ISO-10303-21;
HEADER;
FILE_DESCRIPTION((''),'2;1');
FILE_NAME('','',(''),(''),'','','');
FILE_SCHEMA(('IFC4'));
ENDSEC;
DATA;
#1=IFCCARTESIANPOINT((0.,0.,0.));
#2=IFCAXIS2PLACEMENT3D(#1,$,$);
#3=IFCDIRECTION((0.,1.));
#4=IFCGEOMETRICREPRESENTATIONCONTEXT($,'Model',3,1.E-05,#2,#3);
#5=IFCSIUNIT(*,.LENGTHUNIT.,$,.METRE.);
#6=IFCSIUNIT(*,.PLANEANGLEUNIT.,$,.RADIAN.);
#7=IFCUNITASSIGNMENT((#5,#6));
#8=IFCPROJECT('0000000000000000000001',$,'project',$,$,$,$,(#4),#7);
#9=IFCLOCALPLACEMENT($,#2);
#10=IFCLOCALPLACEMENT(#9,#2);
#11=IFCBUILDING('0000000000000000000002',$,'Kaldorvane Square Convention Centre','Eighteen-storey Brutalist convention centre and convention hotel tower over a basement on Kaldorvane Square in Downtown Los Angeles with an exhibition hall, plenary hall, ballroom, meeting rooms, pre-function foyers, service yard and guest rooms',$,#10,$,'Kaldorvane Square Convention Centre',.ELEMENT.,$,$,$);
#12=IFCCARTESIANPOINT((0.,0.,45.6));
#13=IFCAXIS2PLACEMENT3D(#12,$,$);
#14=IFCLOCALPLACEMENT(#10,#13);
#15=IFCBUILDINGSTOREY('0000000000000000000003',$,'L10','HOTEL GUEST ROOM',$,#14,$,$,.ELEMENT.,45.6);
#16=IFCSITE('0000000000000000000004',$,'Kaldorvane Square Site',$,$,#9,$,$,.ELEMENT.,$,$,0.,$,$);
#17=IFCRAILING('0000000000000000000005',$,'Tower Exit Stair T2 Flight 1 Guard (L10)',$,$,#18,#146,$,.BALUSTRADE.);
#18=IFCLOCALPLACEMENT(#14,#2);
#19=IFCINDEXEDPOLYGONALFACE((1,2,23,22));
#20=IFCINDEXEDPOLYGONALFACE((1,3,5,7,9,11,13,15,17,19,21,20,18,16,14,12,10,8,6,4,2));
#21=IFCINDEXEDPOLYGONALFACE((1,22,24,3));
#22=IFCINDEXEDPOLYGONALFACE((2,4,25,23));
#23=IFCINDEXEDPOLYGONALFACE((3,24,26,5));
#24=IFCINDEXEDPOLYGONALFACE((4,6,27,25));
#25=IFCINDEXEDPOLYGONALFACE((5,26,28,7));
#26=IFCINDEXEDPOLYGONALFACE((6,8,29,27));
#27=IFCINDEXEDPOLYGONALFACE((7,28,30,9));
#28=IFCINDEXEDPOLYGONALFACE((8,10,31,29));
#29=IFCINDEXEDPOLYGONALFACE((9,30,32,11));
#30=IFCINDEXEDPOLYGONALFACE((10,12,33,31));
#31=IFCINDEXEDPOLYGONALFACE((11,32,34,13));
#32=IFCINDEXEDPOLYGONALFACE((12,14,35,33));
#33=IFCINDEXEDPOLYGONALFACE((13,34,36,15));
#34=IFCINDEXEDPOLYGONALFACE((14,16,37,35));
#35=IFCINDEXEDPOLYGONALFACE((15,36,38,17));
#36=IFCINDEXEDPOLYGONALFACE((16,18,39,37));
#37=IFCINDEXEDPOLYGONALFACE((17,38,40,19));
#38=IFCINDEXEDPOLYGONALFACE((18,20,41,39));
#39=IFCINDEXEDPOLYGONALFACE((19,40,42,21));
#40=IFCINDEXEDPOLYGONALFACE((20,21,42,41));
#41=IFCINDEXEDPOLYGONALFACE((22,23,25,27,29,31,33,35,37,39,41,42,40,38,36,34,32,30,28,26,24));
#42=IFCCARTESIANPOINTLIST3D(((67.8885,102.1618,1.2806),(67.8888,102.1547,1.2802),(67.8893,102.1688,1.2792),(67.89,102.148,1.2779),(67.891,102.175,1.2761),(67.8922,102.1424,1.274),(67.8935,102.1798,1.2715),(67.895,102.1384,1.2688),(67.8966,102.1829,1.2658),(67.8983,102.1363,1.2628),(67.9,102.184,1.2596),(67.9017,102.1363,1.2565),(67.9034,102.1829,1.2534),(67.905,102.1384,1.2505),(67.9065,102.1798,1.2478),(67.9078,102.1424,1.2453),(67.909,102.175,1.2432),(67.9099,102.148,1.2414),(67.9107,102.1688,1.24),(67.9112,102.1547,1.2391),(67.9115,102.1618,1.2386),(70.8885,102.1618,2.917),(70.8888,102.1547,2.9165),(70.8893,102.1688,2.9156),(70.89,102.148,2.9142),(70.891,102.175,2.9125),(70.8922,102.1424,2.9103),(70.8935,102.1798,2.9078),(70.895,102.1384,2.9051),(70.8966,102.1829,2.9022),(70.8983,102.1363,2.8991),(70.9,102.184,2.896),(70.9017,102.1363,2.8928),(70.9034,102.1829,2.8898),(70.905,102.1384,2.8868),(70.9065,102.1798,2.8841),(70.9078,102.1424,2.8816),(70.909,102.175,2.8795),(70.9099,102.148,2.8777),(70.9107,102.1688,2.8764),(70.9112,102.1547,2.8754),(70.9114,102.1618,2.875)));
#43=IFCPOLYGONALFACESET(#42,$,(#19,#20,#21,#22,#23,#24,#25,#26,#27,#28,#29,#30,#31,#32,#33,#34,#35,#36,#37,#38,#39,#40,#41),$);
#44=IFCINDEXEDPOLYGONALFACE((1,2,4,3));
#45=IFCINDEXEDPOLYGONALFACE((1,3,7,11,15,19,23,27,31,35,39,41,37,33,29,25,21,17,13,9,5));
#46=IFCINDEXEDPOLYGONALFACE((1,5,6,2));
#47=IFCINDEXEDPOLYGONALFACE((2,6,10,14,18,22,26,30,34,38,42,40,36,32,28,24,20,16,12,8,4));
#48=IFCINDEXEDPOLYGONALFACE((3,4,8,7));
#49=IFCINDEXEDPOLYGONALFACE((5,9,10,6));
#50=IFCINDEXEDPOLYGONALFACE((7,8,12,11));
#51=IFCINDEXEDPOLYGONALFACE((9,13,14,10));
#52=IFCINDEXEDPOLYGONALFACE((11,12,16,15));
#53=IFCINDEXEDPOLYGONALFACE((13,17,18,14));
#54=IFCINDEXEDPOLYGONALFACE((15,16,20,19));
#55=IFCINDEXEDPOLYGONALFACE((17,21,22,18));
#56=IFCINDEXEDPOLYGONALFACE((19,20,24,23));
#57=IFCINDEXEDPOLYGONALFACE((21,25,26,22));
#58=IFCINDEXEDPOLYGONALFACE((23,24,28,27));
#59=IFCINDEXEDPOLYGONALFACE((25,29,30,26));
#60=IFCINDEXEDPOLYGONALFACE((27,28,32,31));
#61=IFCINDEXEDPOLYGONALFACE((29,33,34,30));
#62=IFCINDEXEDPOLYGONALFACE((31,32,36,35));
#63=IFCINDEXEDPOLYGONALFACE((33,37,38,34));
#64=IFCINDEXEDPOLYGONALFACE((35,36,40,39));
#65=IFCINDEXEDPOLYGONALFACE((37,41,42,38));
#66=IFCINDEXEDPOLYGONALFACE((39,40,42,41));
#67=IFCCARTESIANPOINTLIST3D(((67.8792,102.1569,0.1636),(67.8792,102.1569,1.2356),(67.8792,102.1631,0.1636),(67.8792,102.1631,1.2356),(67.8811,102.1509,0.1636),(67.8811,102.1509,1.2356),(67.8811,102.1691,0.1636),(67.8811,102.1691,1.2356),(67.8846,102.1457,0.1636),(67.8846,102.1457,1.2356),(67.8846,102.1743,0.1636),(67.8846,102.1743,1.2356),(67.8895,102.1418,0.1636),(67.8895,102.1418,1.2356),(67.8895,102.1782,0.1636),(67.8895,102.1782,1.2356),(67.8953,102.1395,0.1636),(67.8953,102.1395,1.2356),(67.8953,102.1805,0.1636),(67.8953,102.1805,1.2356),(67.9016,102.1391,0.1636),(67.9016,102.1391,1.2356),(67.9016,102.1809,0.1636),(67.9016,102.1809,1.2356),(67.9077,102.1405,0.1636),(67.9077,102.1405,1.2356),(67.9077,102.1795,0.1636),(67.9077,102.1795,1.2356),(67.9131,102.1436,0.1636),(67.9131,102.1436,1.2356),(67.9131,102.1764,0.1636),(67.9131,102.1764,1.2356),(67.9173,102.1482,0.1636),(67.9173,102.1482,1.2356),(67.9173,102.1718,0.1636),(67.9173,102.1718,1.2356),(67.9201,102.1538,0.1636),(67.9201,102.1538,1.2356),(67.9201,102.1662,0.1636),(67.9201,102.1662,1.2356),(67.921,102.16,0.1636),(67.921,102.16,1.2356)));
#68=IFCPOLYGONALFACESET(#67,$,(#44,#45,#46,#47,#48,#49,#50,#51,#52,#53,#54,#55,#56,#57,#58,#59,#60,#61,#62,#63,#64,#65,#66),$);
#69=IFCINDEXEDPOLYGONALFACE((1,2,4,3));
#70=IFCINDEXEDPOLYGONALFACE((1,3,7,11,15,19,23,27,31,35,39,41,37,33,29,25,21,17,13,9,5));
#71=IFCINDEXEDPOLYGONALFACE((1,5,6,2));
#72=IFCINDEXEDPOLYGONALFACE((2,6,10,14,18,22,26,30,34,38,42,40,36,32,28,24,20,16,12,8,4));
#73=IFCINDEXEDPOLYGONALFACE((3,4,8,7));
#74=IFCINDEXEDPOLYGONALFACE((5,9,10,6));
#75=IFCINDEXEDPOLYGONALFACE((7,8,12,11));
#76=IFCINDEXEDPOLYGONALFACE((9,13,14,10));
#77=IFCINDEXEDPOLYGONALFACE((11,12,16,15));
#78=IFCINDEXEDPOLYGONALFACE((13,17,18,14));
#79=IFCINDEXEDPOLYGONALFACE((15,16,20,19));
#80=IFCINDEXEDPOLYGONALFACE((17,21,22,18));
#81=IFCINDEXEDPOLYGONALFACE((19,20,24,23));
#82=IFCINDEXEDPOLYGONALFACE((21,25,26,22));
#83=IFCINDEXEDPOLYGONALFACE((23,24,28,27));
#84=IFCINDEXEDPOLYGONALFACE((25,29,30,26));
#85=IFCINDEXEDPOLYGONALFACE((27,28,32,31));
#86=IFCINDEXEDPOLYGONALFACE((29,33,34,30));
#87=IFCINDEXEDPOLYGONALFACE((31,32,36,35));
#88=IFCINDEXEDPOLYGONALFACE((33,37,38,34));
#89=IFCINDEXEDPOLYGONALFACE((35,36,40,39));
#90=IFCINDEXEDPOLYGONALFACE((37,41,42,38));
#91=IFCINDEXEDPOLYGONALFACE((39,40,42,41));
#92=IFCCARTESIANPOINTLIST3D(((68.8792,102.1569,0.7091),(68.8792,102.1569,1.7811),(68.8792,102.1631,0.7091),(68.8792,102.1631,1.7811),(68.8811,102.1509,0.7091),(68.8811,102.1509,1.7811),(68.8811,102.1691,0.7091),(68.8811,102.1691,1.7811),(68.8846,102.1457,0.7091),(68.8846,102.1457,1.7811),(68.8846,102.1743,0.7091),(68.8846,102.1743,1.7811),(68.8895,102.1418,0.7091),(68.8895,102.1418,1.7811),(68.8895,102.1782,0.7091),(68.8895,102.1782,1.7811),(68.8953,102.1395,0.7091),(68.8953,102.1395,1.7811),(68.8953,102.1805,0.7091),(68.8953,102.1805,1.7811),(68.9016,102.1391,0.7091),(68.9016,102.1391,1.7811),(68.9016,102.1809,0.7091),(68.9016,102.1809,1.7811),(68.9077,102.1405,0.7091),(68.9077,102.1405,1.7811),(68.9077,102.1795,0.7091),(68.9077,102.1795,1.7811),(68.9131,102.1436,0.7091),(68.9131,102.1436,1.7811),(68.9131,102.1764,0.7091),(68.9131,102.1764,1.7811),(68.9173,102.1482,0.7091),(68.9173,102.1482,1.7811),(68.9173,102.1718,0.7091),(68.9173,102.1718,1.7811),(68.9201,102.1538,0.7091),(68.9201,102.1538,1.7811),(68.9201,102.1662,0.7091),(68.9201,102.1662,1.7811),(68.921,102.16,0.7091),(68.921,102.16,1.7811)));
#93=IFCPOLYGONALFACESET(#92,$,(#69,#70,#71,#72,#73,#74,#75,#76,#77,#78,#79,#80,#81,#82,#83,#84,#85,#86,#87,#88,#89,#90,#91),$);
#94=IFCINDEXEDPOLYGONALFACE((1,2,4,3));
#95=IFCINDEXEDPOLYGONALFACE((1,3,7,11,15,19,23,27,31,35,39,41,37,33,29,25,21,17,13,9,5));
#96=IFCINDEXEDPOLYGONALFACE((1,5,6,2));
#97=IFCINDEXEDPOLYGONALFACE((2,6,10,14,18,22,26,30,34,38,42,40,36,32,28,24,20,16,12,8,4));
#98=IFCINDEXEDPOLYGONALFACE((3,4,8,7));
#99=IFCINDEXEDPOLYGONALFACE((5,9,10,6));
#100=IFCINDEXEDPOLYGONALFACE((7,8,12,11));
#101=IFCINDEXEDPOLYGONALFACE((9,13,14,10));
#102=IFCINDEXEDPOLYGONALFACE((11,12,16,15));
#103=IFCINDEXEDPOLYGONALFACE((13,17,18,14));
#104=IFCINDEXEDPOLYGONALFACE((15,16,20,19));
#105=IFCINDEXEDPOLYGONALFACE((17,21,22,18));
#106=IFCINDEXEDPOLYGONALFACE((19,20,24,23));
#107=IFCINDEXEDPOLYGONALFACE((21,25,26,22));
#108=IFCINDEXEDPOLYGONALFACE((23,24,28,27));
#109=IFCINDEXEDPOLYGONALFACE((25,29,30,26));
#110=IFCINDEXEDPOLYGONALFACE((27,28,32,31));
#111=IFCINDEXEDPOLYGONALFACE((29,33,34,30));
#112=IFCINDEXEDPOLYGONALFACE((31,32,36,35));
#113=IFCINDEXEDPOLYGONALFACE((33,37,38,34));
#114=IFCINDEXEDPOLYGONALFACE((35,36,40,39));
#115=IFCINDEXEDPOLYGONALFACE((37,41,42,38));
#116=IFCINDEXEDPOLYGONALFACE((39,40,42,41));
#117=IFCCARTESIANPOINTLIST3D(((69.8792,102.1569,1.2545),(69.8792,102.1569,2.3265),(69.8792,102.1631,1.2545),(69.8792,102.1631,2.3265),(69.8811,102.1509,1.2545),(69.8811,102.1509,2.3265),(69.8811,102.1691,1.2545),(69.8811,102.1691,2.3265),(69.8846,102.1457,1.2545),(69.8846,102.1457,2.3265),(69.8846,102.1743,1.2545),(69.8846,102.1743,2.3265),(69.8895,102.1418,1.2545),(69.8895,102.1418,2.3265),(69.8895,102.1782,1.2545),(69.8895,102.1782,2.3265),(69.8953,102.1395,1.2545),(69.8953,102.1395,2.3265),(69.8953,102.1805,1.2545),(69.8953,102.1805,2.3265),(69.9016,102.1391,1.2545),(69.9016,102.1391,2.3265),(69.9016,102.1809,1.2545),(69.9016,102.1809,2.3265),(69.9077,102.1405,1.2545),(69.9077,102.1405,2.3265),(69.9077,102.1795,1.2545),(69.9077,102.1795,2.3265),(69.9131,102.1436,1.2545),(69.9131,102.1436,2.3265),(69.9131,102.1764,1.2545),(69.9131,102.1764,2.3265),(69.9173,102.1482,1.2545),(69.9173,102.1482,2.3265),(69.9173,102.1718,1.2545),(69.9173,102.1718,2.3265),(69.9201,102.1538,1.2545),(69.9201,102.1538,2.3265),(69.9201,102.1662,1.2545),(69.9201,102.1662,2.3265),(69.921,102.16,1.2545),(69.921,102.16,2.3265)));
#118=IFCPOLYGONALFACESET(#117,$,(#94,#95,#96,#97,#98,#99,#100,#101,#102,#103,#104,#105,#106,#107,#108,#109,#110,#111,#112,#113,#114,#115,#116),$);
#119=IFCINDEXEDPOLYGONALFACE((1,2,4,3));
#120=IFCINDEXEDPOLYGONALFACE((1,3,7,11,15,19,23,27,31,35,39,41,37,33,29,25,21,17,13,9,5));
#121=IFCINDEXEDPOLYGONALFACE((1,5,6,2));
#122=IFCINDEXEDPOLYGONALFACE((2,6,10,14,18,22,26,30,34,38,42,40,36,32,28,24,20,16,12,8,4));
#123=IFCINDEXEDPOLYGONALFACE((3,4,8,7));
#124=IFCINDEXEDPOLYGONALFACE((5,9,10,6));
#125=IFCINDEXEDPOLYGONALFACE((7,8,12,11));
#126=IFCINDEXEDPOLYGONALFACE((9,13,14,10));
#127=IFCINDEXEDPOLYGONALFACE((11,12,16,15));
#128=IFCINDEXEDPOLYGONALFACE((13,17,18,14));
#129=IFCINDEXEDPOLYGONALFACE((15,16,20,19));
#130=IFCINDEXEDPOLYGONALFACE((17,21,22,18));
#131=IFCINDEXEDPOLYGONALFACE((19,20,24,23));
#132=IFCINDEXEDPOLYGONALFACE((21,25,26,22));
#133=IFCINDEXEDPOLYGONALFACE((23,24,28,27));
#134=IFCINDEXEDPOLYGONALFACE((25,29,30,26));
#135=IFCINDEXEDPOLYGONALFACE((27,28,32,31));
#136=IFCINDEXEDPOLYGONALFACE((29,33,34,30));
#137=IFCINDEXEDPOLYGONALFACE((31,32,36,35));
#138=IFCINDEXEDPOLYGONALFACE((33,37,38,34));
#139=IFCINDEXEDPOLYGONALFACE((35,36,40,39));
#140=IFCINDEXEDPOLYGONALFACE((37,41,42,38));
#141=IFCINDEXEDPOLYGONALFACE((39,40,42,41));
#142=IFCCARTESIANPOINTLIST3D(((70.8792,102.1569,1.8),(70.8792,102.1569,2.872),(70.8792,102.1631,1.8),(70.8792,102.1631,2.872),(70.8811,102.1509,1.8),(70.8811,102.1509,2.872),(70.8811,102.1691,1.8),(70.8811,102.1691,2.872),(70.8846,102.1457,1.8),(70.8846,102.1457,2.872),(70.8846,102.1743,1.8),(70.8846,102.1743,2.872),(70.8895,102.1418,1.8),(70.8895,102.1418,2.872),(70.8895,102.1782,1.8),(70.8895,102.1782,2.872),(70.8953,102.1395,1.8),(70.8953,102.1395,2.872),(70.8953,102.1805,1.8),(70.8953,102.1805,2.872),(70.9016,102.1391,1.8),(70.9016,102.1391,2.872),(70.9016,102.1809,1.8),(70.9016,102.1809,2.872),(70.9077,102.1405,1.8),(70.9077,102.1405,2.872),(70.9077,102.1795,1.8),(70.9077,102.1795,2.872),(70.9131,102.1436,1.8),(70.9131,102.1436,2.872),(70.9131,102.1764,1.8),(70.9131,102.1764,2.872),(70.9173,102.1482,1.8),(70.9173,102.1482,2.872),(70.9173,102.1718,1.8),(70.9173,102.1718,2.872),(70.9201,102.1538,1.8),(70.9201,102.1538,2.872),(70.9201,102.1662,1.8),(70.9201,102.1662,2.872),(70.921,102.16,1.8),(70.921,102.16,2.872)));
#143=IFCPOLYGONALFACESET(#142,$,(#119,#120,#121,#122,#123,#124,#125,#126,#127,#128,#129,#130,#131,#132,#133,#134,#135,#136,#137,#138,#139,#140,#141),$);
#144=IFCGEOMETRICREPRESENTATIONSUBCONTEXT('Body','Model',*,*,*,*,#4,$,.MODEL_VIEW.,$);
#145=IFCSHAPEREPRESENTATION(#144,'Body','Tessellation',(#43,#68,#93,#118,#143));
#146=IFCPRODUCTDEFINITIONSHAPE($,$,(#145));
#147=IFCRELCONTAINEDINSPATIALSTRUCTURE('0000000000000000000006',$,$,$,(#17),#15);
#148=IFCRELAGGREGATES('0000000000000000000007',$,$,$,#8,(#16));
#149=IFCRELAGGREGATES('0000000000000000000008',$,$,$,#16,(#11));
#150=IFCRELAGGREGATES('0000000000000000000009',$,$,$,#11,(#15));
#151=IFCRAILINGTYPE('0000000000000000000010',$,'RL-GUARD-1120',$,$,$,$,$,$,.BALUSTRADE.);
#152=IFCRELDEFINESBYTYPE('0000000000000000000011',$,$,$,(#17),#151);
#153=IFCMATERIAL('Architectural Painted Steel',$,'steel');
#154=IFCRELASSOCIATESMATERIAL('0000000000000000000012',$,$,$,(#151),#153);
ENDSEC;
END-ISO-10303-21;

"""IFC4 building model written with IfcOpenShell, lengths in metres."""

from ifc_helpers import new_model, si_unit, direction, frame, origin, origin_2d, place, context, subcontext, project, spatial, circle, extrude, material, type_object, element, save


model = new_model("IFC4")

# Units and contexts
model_context = context("Model", 3, precision=1e-05, world=origin(), true_north=direction((0.0, 1.0)))
body_context = subcontext(model_context, "Body", "Model", "MODEL_VIEW")
ifc_project = project(units=[si_unit("LENGTHUNIT", "METRE"), si_unit("PLANEANGLEUNIT", "RADIAN")], contexts=[model_context])

# Site, building, storey
site_placement = place(None, origin())
site = spatial("IfcSite", under=ifc_project, at=site_placement, Name="Kaldorvane Square Site", CompositionType="ELEMENT", RefElevation=0.0)
building_placement = place(site_placement, origin())
building = spatial("IfcBuilding", under=site, at=building_placement, Name="Kaldorvane Square Convention Centre", Description="Eighteen-storey Brutalist convention centre and convention hotel tower over a basement on Kaldorvane Square in Downtown Los Angeles with an exhibition hall, plenary hall, ballroom, meeting rooms, pre-function foyers, service yard and guest rooms", LongName="Kaldorvane Square Convention Centre", CompositionType="ELEMENT")
storey_placement = place(building_placement, frame((0.0, 0.0, 45.6)))
storey = spatial("IfcBuildingStorey", under=building, at=storey_placement, Name="L10", Description="HOTEL GUEST ROOM", CompositionType="ELEMENT", Elevation=45.6)

# Railing
ifc_material_1 = material(Name="Architectural Painted Steel", Category="steel")
railing_type_1 = type_object("IfcRailingType", Name="RL-GUARD-1120", PredefinedType="BALUSTRADE", material=ifc_material_1)
railing_1_placement = place(storey_placement, frame((67.9, 102.16, 0.1636)))
element("IfcRailing", 1, at=railing_1_placement, inside=storey, type_object=railing_type_1, Name="Tower Exit Stair T2 Flight 1 Guard (L10)", PredefinedType="BALUSTRADE", context=body_context, shape_type="SweptSolid", body=[
    extrude(circle(Radius=0.024, at=origin_2d()), frame((0.0, 0.0, 1.096), z_axis=(0.877897, 0.0, 0.47885), x_axis=(0.0, 1.0, 0.0)), (0.0, 0.0, 1.0), 3.4173),
    extrude(circle(Radius=0.021, at=origin_2d()), origin(), (0.0, 0.0, 1.0), 1.072),
    extrude(circle(Radius=0.021, at=origin_2d()), frame((1.0, 0.0, 0.5455)), (0.0, 0.0, 1.0), 1.072),
    extrude(circle(Radius=0.021, at=origin_2d()), frame((2.0, 0.0, 1.0909)), (0.0, 0.0, 1.0), 1.072),
    extrude(circle(Radius=0.021, at=origin_2d()), frame((3.0, 0.0, 1.6364)), (0.0, 0.0, 1.0), 1.072),
])

save(model, "model.ifc")
